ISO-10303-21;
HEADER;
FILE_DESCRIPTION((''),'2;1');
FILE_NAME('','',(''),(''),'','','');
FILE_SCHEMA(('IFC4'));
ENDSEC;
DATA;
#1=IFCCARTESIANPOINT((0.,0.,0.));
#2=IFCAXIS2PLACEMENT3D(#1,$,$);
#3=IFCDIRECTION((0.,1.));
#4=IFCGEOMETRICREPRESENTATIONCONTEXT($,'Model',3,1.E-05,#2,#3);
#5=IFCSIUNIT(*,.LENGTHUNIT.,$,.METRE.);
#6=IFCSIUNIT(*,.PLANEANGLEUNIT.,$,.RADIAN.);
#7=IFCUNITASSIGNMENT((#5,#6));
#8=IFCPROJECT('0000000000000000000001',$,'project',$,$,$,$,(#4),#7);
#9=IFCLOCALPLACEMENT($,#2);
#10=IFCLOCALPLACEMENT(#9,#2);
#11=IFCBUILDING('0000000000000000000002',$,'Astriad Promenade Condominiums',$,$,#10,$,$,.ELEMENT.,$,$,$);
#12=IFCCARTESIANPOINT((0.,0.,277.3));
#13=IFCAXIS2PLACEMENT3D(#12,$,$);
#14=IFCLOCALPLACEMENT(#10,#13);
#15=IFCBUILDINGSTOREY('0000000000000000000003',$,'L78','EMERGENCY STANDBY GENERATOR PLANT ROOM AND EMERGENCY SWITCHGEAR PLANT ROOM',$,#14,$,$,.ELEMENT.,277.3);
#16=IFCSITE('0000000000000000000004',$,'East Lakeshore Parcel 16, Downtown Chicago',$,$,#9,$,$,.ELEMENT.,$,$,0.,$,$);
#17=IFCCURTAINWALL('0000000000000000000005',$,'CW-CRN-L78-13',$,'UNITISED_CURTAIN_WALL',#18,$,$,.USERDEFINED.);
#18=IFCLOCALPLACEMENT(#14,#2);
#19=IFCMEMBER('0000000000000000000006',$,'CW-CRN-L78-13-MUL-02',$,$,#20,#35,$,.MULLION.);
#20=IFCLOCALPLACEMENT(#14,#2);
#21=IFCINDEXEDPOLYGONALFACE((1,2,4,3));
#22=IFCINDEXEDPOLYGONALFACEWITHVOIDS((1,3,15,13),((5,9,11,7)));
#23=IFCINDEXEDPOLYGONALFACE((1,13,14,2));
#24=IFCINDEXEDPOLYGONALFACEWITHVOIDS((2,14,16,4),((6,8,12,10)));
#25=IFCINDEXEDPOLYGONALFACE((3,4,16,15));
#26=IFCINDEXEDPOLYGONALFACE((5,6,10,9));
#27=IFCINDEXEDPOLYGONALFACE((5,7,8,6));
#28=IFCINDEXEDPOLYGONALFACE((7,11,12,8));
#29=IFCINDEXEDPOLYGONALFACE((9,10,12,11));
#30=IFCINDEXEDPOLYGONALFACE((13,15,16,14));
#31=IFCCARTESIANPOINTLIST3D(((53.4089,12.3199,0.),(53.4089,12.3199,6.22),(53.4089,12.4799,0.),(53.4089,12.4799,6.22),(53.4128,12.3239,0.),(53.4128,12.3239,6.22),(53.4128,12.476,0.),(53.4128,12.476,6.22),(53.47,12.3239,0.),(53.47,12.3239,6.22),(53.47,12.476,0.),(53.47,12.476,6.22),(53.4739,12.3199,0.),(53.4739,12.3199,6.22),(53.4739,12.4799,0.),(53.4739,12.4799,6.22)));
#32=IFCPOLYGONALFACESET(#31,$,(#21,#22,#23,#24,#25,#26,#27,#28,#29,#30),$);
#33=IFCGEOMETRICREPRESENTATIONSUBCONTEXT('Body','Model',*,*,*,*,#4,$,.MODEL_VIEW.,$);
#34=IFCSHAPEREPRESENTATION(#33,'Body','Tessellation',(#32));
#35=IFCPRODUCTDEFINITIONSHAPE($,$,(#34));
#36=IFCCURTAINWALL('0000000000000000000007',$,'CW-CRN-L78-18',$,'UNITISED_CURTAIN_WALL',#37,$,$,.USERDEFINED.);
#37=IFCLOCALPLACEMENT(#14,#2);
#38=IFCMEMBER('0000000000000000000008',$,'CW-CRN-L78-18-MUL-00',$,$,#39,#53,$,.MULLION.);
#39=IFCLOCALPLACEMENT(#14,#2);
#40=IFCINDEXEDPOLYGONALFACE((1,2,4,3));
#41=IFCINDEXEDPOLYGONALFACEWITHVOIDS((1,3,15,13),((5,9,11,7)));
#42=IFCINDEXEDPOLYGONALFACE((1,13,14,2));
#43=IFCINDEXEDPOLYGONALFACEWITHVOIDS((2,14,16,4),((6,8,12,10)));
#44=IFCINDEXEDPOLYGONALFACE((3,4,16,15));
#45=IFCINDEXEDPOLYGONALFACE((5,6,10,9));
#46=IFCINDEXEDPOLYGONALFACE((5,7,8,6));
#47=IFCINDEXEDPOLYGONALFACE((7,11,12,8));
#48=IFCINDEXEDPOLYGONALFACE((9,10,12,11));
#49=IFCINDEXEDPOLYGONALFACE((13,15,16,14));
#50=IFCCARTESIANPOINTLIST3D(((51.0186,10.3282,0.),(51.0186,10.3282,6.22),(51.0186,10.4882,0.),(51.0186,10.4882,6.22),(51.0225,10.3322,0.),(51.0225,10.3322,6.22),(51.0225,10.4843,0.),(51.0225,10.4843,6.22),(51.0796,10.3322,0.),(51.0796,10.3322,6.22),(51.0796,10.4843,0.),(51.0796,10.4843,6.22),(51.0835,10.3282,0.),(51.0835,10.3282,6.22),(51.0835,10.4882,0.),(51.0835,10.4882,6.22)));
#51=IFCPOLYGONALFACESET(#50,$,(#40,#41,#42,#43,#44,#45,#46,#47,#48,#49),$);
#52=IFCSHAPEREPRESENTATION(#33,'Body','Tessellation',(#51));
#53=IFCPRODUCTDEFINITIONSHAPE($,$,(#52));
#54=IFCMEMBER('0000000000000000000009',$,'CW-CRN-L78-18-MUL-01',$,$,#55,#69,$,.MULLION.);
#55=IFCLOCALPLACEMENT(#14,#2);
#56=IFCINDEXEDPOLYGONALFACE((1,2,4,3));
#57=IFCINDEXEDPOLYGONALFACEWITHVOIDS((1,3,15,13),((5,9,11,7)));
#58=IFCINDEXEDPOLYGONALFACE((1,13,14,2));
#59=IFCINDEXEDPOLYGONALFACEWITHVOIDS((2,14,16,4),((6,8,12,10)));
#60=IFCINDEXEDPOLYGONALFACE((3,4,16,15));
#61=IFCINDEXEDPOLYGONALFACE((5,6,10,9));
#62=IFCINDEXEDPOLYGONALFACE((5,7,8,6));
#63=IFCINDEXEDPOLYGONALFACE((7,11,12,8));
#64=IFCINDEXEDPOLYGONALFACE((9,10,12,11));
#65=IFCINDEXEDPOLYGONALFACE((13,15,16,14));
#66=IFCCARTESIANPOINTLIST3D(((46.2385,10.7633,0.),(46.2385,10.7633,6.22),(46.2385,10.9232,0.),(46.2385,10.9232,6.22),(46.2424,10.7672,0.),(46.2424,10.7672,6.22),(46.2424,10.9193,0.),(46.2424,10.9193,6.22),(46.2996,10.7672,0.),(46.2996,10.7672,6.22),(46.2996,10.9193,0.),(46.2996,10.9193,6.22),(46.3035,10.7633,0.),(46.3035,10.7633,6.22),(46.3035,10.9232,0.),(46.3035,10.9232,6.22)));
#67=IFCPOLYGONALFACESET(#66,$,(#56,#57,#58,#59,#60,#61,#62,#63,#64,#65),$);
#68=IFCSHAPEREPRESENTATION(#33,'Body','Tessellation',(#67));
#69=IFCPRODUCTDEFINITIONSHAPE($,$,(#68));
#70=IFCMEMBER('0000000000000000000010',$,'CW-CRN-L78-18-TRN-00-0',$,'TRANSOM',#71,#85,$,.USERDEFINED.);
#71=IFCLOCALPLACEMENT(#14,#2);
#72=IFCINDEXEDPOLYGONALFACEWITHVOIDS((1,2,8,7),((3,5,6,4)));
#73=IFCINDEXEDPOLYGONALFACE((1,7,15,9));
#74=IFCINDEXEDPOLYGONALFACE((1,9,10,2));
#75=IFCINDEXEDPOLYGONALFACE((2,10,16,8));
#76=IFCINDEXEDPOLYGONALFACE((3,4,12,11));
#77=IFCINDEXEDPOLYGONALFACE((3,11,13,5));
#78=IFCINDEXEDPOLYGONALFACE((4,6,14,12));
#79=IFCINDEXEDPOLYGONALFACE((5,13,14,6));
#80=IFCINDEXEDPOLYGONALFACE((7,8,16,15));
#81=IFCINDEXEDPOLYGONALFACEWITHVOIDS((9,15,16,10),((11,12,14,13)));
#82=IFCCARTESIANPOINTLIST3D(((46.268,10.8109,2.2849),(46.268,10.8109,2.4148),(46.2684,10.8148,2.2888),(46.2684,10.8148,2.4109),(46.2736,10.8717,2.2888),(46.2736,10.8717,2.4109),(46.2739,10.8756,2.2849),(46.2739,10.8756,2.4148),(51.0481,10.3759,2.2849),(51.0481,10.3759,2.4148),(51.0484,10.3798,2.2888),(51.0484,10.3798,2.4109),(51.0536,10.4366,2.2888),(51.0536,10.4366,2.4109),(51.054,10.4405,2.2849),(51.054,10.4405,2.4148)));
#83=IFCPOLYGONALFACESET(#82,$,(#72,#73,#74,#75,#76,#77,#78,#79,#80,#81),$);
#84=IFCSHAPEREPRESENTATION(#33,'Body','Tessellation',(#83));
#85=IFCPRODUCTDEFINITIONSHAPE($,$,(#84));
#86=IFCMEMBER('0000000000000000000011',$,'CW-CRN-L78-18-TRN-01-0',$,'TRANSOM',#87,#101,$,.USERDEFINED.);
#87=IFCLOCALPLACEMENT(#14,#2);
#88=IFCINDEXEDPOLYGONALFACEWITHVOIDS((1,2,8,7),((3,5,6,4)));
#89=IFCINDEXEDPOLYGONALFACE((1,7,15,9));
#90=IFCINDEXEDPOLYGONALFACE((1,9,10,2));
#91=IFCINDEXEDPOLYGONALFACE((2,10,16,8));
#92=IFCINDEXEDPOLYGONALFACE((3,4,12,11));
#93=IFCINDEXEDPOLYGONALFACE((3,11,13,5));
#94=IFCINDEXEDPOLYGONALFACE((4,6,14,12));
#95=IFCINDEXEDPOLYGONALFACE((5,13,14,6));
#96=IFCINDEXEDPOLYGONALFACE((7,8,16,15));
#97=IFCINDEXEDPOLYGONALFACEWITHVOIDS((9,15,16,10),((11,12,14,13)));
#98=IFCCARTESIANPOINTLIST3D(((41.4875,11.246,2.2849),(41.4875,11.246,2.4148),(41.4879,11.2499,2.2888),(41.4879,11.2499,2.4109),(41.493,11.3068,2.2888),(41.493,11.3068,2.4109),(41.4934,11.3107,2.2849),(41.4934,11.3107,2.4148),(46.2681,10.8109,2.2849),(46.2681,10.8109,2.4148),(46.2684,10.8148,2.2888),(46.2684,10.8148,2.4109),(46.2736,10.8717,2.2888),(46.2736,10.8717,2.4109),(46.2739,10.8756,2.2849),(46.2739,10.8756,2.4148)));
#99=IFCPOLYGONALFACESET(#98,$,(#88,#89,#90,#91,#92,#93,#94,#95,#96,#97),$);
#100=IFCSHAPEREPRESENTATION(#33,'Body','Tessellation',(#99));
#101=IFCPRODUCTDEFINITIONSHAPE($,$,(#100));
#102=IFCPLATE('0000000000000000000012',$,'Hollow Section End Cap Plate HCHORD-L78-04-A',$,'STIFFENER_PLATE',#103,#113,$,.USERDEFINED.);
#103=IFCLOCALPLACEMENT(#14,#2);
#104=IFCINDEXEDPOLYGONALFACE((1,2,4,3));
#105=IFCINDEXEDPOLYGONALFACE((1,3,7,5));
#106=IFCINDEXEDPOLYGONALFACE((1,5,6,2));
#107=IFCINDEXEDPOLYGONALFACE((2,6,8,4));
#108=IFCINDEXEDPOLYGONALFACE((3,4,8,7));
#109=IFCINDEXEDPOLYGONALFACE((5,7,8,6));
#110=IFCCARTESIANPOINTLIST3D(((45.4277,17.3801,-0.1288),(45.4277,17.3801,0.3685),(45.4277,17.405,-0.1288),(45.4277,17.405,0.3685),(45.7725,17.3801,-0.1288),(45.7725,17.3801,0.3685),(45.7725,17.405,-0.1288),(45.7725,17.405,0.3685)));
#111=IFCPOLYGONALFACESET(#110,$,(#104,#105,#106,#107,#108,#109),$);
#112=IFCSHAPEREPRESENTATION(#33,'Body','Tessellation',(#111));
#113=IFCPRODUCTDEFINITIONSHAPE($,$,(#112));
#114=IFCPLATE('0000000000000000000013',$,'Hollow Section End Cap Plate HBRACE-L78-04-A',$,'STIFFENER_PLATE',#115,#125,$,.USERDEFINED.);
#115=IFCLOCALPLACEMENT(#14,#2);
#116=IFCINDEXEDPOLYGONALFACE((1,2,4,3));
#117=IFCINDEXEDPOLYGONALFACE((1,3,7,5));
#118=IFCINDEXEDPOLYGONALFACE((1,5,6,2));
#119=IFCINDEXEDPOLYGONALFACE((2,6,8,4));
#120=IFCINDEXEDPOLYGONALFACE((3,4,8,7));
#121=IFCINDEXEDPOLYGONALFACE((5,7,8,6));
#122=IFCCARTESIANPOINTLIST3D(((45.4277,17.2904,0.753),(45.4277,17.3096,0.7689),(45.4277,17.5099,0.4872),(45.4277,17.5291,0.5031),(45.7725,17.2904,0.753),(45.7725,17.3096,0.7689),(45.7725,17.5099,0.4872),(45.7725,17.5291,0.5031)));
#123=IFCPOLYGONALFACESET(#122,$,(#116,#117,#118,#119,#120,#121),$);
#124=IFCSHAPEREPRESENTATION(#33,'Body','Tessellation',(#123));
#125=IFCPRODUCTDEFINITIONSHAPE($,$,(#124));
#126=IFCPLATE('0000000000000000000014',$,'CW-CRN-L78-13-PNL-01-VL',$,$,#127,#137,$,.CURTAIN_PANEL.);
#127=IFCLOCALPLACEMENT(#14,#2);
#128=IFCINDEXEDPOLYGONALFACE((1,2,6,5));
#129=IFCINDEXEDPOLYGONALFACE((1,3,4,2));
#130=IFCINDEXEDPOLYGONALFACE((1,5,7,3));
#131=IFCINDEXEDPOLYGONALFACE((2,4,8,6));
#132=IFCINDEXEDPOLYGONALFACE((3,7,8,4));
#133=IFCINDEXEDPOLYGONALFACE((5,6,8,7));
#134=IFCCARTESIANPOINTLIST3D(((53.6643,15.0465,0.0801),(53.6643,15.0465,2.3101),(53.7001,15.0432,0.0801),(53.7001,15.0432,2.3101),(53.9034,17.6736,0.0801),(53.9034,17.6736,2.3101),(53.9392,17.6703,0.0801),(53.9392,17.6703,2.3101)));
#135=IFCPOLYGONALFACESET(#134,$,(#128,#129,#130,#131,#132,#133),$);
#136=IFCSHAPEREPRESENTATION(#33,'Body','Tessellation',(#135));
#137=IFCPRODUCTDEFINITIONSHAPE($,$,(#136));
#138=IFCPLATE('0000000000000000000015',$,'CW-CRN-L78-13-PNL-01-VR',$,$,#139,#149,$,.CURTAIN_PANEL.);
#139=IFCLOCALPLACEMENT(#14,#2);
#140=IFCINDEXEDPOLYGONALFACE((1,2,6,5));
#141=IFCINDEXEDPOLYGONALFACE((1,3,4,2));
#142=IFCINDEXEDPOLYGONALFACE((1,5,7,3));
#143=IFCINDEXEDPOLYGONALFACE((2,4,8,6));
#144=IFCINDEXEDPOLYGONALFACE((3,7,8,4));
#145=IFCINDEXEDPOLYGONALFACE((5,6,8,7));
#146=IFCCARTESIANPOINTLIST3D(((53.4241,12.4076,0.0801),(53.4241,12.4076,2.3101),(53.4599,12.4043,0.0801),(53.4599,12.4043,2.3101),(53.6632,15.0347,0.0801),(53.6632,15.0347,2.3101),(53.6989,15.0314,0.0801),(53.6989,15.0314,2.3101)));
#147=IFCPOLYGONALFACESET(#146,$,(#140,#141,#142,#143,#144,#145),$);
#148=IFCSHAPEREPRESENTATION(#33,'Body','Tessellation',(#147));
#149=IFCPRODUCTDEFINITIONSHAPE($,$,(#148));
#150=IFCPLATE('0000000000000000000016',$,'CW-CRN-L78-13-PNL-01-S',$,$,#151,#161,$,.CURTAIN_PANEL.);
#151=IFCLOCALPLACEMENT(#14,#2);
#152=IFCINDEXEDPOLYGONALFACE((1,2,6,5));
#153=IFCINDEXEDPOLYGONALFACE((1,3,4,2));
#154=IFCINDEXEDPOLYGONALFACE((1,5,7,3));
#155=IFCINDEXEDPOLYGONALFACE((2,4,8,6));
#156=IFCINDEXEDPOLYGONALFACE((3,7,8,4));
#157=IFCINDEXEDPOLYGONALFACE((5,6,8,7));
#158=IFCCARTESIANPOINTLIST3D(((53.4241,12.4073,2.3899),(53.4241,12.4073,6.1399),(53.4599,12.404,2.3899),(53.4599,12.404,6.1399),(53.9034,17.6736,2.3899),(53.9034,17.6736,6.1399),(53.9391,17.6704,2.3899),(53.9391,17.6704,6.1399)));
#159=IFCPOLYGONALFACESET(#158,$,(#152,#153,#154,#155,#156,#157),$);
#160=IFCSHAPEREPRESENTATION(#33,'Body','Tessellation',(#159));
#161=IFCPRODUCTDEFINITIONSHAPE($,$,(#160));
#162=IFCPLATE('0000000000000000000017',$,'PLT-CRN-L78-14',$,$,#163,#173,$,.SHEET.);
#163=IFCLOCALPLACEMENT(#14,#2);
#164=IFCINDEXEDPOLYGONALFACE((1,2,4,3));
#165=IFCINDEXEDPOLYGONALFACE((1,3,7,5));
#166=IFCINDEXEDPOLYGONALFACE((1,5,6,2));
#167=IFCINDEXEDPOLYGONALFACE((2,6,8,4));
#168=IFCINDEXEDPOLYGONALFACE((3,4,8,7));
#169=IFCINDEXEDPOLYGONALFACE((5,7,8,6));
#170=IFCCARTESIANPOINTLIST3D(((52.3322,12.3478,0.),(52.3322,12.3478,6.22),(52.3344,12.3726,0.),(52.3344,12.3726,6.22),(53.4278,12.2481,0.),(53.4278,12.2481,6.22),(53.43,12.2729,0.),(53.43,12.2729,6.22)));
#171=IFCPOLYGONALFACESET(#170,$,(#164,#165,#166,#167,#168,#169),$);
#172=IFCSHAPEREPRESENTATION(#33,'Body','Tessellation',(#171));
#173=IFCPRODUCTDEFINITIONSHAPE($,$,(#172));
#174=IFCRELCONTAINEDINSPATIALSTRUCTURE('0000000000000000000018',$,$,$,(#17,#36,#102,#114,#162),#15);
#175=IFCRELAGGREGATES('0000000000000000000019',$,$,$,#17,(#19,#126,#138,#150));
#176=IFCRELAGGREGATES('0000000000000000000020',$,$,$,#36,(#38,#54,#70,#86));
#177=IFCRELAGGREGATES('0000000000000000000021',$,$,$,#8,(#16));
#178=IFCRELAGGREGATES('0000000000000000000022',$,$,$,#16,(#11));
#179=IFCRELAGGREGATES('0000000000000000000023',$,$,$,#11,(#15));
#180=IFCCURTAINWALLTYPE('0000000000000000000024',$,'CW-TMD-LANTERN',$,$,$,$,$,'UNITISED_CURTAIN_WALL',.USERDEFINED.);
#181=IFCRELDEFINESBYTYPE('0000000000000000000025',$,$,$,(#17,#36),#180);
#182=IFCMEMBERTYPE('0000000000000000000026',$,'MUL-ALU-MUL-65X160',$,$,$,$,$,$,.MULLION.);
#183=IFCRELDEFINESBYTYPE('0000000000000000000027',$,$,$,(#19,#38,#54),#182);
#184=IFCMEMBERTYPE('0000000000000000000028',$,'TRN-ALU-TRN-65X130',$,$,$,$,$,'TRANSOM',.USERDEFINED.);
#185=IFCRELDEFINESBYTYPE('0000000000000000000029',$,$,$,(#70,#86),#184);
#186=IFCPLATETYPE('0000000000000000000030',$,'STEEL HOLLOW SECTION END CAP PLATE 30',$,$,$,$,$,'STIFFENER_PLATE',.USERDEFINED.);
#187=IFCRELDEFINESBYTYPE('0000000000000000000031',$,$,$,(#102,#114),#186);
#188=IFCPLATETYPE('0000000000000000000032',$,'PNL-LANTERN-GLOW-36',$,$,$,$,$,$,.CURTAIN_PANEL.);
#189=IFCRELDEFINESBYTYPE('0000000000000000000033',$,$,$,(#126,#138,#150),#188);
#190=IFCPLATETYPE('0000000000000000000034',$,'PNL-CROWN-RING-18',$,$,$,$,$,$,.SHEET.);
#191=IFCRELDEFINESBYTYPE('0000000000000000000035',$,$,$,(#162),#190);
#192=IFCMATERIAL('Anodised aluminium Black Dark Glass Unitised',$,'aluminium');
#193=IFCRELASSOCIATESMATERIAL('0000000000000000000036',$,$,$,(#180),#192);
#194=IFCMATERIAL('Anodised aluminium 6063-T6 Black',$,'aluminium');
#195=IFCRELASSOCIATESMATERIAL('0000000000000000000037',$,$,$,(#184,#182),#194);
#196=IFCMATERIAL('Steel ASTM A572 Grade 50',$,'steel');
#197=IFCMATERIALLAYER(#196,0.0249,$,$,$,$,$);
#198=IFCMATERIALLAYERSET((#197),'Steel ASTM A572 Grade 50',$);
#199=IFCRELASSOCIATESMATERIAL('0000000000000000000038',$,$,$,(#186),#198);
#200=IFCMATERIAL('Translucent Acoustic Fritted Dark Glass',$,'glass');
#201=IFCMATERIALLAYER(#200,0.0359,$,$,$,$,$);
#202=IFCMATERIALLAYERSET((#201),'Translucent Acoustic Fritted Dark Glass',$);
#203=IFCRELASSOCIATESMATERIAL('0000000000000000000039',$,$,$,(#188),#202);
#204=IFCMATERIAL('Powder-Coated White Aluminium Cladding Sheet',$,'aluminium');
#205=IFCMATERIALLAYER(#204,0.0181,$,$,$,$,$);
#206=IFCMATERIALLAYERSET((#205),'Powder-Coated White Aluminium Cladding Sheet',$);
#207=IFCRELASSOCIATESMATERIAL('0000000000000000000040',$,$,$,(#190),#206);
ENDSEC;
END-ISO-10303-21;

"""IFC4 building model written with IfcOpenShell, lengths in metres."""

from ifc_helpers import new_model, si_unit, direction, frame, origin, origin_2d, place, context, subcontext, project, spatial, rectangle, hollow_rectangle, extrude, source, transform, mapped, material, layer, layer_set, material_profile, profile_set, type_object, type_shapes, element, aggregate, save


model = new_model("IFC4")

# Units and contexts
model_context = context("Model", 3, precision=1e-05, world=origin(), true_north=direction((0.0, 1.0)))
body_context = subcontext(model_context, "Body", "Model", "MODEL_VIEW")
ifc_project = project(units=[si_unit("LENGTHUNIT", "METRE"), si_unit("PLANEANGLEUNIT", "RADIAN")], contexts=[model_context])

# Site, building, storey
site_placement = place(None, origin())
site = spatial("IfcSite", under=ifc_project, at=site_placement, Name="East Lakeshore Parcel 16, Downtown Chicago", CompositionType="ELEMENT", RefElevation=0.0)
building_placement = place(site_placement, origin())
building = spatial("IfcBuilding", under=site, at=building_placement, Name="Astriad Promenade Condominiums", CompositionType="ELEMENT")
storey_placement = place(building_placement, frame((0.0, 0.0, 277.3)))
storey = spatial("IfcBuildingStorey", under=building, at=storey_placement, Name="L78", Description="EMERGENCY STANDBY GENERATOR PLANT ROOM AND EMERGENCY SWITCHGEAR PLANT ROOM", CompositionType="ELEMENT", Elevation=277.3)

# Curtain walls, members
ifc_material_1 = material(Name="Anodised aluminium Black Dark Glass Unitised", Category="aluminium")
curtain_wall_type = type_object("IfcCurtainWallType", Name="CW-TMD-LANTERN", ElementType="UNITISED_CURTAIN_WALL", PredefinedType="USERDEFINED", material=ifc_material_1)
curtain_wall_1_placement = place(storey_placement, origin())
curtain_wall_1 = element("IfcCurtainWall", 1, at=curtain_wall_1_placement, inside=storey, type_object=curtain_wall_type, Name="CW-CRN-L78-13", ObjectType="UNITISED_CURTAIN_WALL", PredefinedType="USERDEFINED")
ifc_material_2 = material(Name="Anodised aluminium 6063-T6 Black", Category="aluminium")
ifc_material_profile_1 = material_profile(ifc_material_2, hollow_rectangle(XDim=0.0649, YDim=0.1299, WallThickness=0.0039, at=origin_2d()), Name="ALU-TRN-65X130")
ifc_profile_set_1 = profile_set([ifc_material_profile_1], Name="Anodised aluminium 6063-T6 Black")
member_type_1 = type_object("IfcMemberType", Name="TRN-ALU-TRN-65X130", ElementType="TRANSOM", PredefinedType="USERDEFINED", material=ifc_profile_set_1)
ifc_material_profile_2 = material_profile(ifc_material_2, hollow_rectangle(XDim=0.0649, YDim=0.1599, WallThickness=0.0039, at=origin_2d()), Name="ALU-MUL-65X160")
ifc_profile_set_2 = profile_set([ifc_material_profile_2], Name="Anodised aluminium 6063-T6 Black")
member_type_2 = type_object("IfcMemberType", Name="MUL-ALU-MUL-65X160", PredefinedType="MULLION", material=ifc_profile_set_2)
shared_shape_1 = source(origin(), body_context, "Body", "SweptSolid", [
    extrude(hollow_rectangle(XDim=0.0649, YDim=0.1599, WallThickness=0.0039, at=origin_2d()), origin(), (0.0, 0.0, 1.0), 6.22),
])
type_shapes(member_type_2, [shared_shape_1])
member_1_placement = place(storey_placement, frame((53.4414, 12.3999, 0.0), z_axis=(0.0, 0.0, 1.0), x_axis=(1.0, 0.0, 0.0)))
member_1 = element("IfcMember", 2, at=member_1_placement, type_object=member_type_2, Name="CW-CRN-L78-13-MUL-02", PredefinedType="MULLION", context=body_context, shape_type="MappedRepresentation", body=[
    mapped(shared_shape_1, transform((0.0, 0.0, 0.0), scale=1.0)),
])
curtain_wall_2_placement = place(storey_placement, origin())
curtain_wall_2 = element("IfcCurtainWall", 3, at=curtain_wall_2_placement, inside=storey, type_object=curtain_wall_type, Name="CW-CRN-L78-18", ObjectType="UNITISED_CURTAIN_WALL", PredefinedType="USERDEFINED")
member_2_placement = place(storey_placement, frame((51.051, 10.4082, 0.0), z_axis=(0.0, 0.0, 1.0), x_axis=(1.0, 0.0, 0.0)))
member_2 = element("IfcMember", 4, at=member_2_placement, type_object=member_type_2, Name="CW-CRN-L78-18-MUL-00", PredefinedType="MULLION", context=body_context, shape_type="MappedRepresentation", body=[
    mapped(shared_shape_1, transform((0.0, 0.0, 0.0), scale=1.0)),
])
member_3_placement = place(storey_placement, frame((46.271, 10.8433, 0.0), z_axis=(0.0, 0.0, 1.0), x_axis=(1.0, 0.0, 0.0)))
member_3 = element("IfcMember", 5, at=member_3_placement, type_object=member_type_2, Name="CW-CRN-L78-18-MUL-01", PredefinedType="MULLION", context=body_context, shape_type="MappedRepresentation", body=[
    mapped(shared_shape_1, transform((0.0, 0.0, 0.0), scale=1.0)),
])
shared_shape_2 = source(origin(), body_context, "Body", "SweptSolid", [
    extrude(hollow_rectangle(XDim=0.0649, YDim=0.1299, WallThickness=0.0039, at=origin_2d()), origin(), (0.0, 0.0, 1.0), 4.7998),
])
member_4_placement = place(storey_placement, frame((51.051, 10.4082, 2.3499), z_axis=(-0.995884, 0.090641, 0.0), x_axis=(-0.090641, -0.995884, 0.0)))
member_4 = element("IfcMember", 6, at=member_4_placement, type_object=member_type_1, Name="CW-CRN-L78-18-TRN-00-0", ObjectType="TRANSOM", PredefinedType="USERDEFINED", context=body_context, shape_type="MappedRepresentation", body=[
    mapped(shared_shape_2, transform((0.0, 0.0, 0.0), scale=1.0)),
])
shared_shape_3 = source(origin(), body_context, "Body", "SweptSolid", [
    extrude(hollow_rectangle(XDim=0.0649, YDim=0.1299, WallThickness=0.0039, at=origin_2d()), origin(), (0.0, 0.0, 1.0), 4.8003),
])
member_5_placement = place(storey_placement, frame((46.271, 10.8433, 2.3499), z_axis=(-0.995884, 0.090632, 0.0), x_axis=(-0.090632, -0.995884, 0.0)))
member_5 = element("IfcMember", 7, at=member_5_placement, type_object=member_type_1, Name="CW-CRN-L78-18-TRN-01-0", ObjectType="TRANSOM", PredefinedType="USERDEFINED", context=body_context, shape_type="MappedRepresentation", body=[
    mapped(shared_shape_3, transform((0.0, 0.0, 0.0), scale=1.0)),
])

# Plates
ifc_material_3 = material(Name="Steel ASTM A572 Grade 50", Category="steel")
ifc_layer_1 = layer(ifc_material_3, 0.0249)
ifc_layer_set_1 = layer_set([ifc_layer_1], Name="Steel ASTM A572 Grade 50")
plate_type_1 = type_object("IfcPlateType", Name="STEEL HOLLOW SECTION END CAP PLATE 30", ElementType="STIFFENER_PLATE", PredefinedType="USERDEFINED", material=ifc_layer_set_1)
shared_shape_4 = source(origin(), body_context, "Body", "SweptSolid", [
    extrude(rectangle(XDim=0.3447, YDim=0.4973, at=origin_2d()), origin(), (0.0, 0.0, 1.0), 0.0249),
])
plate_1_placement = place(storey_placement, frame((45.6001, 17.3801, 0.1199), z_axis=(0.0, 1.0, 0.0), x_axis=(-1.0, 0.0, 0.0)))
element("IfcPlate", 8, at=plate_1_placement, inside=storey, type_object=plate_type_1, Name="Hollow Section End Cap Plate HCHORD-L78-04-A", ObjectType="STIFFENER_PLATE", PredefinedType="USERDEFINED", context=body_context, shape_type="MappedRepresentation", body=[
    mapped(shared_shape_4, transform((0.0, 0.0, 0.0), scale=1.0)),
])
shared_shape_5 = source(origin(), body_context, "Body", "SweptSolid", [
    extrude(rectangle(XDim=0.3447, YDim=0.3447, at=origin_2d()), origin(), (0.0, 0.0, 1.0), 0.0249),
])
type_shapes(plate_type_1, [shared_shape_4, shared_shape_5])
plate_2_placement = place(storey_placement, frame((45.6001, 17.4001, 0.6201), z_axis=(0.0, 0.771082, 0.636736), x_axis=(-1.0, 0.0, 0.0)))
element("IfcPlate", 9, at=plate_2_placement, inside=storey, type_object=plate_type_1, Name="Hollow Section End Cap Plate HBRACE-L78-04-A", ObjectType="STIFFENER_PLATE", PredefinedType="USERDEFINED", context=body_context, shape_type="MappedRepresentation", body=[
    mapped(shared_shape_5, transform((0.0, 0.0, 0.0), scale=1.0)),
])

# Plates
ifc_material_4 = material(Name="Translucent Acoustic Fritted Dark Glass", Category="glass")
ifc_layer_2 = layer(ifc_material_4, 0.0359)
ifc_layer_set_2 = layer_set([ifc_layer_2], Name="Translucent Acoustic Fritted Dark Glass")
plate_type_2 = type_object("IfcPlateType", Name="PNL-LANTERN-GLOW-36", PredefinedType="CURTAIN_PANEL", material=ifc_layer_set_2)
shared_shape_6 = source(origin(), body_context, "Body", "SweptSolid", [
    extrude(rectangle(XDim=2.6379, YDim=0.0359, at=origin_2d()), origin(), (0.0, 0.0, 1.0), 2.23),
])
plate_3_placement = place(storey_placement, frame((53.8018, 16.3584, 0.0801), z_axis=(0.0, 0.0, 1.0), x_axis=(-0.090633, -0.995884, 0.0)))
plate_3 = element("IfcPlate", 10, at=plate_3_placement, type_object=plate_type_2, Name="CW-CRN-L78-13-PNL-01-VL", PredefinedType="CURTAIN_PANEL", context=body_context, shape_type="MappedRepresentation", body=[
    mapped(shared_shape_6, transform((0.0, 0.0, 0.0), scale=1.0)),
])
plate_4_placement = place(storey_placement, frame((53.5615, 13.7195, 0.0801), z_axis=(0.0, 0.0, 1.0), x_axis=(-0.090633, -0.995884, 0.0)))
plate_4 = element("IfcPlate", 11, at=plate_4_placement, type_object=plate_type_2, Name="CW-CRN-L78-13-PNL-01-VR", PredefinedType="CURTAIN_PANEL", context=body_context, shape_type="MappedRepresentation", body=[
    mapped(shared_shape_6, transform((0.0, 0.0, 0.0), scale=1.0)),
])
shared_shape_7 = source(origin(), body_context, "Body", "SweptSolid", [
    extrude(rectangle(XDim=5.2881, YDim=0.0359, at=origin_2d()), origin(), (0.0, 0.0, 1.0), 3.75),
])
plate_5_placement = place(storey_placement, frame((53.6816, 15.0388, 2.3899), z_axis=(0.0, 0.0, 1.0), x_axis=(-0.090633, -0.995884, 0.0)))
plate_5 = element("IfcPlate", 12, at=plate_5_placement, type_object=plate_type_2, Name="CW-CRN-L78-13-PNL-01-S", PredefinedType="CURTAIN_PANEL", context=body_context, shape_type="MappedRepresentation", body=[
    mapped(shared_shape_7, transform((0.0, 0.0, 0.0), scale=1.0)),
])
aggregate(curtain_wall_1, [member_1, plate_3, plate_4, plate_5])

# Plate
ifc_material_5 = material(Name="Powder-Coated White Aluminium Cladding Sheet", Category="aluminium")
ifc_layer_3 = layer(ifc_material_5, 0.0181)
ifc_layer_set_3 = layer_set([ifc_layer_3], Name="Powder-Coated White Aluminium Cladding Sheet")
plate_type_3 = type_object("IfcPlateType", Name="PNL-CROWN-RING-18", PredefinedType="SHEET", material=ifc_layer_set_3)
shared_shape_8 = source(origin(), body_context, "Body", "SweptSolid", [
    extrude(rectangle(XDim=1.1001, YDim=0.0249, at=origin_2d()), origin(), (0.0, 0.0, 1.0), 6.22),
])
type_shapes(plate_type_3, [shared_shape_8])
for number, where, z_axis, x_axis, name in (
    (13, (52.8811, 12.3103, 0.0), (0.0, 0.0, 1.0), (-0.995884, 0.090633, 0.0), "PLT-CRN-L78-14"),
):
    element("IfcPlate", number, at=place(storey_placement, frame(where, z_axis=z_axis, x_axis=x_axis)), inside=storey, type_object=plate_type_3, Name=name, PredefinedType="SHEET", context=body_context, shape_type="MappedRepresentation", body=[
        mapped(shared_shape_8, transform((0.0, 0.0, 0.0), scale=1.0)),
    ])

aggregate(curtain_wall_2, [member_2, member_3, member_4, member_5])

save(model, "model.ifc")
